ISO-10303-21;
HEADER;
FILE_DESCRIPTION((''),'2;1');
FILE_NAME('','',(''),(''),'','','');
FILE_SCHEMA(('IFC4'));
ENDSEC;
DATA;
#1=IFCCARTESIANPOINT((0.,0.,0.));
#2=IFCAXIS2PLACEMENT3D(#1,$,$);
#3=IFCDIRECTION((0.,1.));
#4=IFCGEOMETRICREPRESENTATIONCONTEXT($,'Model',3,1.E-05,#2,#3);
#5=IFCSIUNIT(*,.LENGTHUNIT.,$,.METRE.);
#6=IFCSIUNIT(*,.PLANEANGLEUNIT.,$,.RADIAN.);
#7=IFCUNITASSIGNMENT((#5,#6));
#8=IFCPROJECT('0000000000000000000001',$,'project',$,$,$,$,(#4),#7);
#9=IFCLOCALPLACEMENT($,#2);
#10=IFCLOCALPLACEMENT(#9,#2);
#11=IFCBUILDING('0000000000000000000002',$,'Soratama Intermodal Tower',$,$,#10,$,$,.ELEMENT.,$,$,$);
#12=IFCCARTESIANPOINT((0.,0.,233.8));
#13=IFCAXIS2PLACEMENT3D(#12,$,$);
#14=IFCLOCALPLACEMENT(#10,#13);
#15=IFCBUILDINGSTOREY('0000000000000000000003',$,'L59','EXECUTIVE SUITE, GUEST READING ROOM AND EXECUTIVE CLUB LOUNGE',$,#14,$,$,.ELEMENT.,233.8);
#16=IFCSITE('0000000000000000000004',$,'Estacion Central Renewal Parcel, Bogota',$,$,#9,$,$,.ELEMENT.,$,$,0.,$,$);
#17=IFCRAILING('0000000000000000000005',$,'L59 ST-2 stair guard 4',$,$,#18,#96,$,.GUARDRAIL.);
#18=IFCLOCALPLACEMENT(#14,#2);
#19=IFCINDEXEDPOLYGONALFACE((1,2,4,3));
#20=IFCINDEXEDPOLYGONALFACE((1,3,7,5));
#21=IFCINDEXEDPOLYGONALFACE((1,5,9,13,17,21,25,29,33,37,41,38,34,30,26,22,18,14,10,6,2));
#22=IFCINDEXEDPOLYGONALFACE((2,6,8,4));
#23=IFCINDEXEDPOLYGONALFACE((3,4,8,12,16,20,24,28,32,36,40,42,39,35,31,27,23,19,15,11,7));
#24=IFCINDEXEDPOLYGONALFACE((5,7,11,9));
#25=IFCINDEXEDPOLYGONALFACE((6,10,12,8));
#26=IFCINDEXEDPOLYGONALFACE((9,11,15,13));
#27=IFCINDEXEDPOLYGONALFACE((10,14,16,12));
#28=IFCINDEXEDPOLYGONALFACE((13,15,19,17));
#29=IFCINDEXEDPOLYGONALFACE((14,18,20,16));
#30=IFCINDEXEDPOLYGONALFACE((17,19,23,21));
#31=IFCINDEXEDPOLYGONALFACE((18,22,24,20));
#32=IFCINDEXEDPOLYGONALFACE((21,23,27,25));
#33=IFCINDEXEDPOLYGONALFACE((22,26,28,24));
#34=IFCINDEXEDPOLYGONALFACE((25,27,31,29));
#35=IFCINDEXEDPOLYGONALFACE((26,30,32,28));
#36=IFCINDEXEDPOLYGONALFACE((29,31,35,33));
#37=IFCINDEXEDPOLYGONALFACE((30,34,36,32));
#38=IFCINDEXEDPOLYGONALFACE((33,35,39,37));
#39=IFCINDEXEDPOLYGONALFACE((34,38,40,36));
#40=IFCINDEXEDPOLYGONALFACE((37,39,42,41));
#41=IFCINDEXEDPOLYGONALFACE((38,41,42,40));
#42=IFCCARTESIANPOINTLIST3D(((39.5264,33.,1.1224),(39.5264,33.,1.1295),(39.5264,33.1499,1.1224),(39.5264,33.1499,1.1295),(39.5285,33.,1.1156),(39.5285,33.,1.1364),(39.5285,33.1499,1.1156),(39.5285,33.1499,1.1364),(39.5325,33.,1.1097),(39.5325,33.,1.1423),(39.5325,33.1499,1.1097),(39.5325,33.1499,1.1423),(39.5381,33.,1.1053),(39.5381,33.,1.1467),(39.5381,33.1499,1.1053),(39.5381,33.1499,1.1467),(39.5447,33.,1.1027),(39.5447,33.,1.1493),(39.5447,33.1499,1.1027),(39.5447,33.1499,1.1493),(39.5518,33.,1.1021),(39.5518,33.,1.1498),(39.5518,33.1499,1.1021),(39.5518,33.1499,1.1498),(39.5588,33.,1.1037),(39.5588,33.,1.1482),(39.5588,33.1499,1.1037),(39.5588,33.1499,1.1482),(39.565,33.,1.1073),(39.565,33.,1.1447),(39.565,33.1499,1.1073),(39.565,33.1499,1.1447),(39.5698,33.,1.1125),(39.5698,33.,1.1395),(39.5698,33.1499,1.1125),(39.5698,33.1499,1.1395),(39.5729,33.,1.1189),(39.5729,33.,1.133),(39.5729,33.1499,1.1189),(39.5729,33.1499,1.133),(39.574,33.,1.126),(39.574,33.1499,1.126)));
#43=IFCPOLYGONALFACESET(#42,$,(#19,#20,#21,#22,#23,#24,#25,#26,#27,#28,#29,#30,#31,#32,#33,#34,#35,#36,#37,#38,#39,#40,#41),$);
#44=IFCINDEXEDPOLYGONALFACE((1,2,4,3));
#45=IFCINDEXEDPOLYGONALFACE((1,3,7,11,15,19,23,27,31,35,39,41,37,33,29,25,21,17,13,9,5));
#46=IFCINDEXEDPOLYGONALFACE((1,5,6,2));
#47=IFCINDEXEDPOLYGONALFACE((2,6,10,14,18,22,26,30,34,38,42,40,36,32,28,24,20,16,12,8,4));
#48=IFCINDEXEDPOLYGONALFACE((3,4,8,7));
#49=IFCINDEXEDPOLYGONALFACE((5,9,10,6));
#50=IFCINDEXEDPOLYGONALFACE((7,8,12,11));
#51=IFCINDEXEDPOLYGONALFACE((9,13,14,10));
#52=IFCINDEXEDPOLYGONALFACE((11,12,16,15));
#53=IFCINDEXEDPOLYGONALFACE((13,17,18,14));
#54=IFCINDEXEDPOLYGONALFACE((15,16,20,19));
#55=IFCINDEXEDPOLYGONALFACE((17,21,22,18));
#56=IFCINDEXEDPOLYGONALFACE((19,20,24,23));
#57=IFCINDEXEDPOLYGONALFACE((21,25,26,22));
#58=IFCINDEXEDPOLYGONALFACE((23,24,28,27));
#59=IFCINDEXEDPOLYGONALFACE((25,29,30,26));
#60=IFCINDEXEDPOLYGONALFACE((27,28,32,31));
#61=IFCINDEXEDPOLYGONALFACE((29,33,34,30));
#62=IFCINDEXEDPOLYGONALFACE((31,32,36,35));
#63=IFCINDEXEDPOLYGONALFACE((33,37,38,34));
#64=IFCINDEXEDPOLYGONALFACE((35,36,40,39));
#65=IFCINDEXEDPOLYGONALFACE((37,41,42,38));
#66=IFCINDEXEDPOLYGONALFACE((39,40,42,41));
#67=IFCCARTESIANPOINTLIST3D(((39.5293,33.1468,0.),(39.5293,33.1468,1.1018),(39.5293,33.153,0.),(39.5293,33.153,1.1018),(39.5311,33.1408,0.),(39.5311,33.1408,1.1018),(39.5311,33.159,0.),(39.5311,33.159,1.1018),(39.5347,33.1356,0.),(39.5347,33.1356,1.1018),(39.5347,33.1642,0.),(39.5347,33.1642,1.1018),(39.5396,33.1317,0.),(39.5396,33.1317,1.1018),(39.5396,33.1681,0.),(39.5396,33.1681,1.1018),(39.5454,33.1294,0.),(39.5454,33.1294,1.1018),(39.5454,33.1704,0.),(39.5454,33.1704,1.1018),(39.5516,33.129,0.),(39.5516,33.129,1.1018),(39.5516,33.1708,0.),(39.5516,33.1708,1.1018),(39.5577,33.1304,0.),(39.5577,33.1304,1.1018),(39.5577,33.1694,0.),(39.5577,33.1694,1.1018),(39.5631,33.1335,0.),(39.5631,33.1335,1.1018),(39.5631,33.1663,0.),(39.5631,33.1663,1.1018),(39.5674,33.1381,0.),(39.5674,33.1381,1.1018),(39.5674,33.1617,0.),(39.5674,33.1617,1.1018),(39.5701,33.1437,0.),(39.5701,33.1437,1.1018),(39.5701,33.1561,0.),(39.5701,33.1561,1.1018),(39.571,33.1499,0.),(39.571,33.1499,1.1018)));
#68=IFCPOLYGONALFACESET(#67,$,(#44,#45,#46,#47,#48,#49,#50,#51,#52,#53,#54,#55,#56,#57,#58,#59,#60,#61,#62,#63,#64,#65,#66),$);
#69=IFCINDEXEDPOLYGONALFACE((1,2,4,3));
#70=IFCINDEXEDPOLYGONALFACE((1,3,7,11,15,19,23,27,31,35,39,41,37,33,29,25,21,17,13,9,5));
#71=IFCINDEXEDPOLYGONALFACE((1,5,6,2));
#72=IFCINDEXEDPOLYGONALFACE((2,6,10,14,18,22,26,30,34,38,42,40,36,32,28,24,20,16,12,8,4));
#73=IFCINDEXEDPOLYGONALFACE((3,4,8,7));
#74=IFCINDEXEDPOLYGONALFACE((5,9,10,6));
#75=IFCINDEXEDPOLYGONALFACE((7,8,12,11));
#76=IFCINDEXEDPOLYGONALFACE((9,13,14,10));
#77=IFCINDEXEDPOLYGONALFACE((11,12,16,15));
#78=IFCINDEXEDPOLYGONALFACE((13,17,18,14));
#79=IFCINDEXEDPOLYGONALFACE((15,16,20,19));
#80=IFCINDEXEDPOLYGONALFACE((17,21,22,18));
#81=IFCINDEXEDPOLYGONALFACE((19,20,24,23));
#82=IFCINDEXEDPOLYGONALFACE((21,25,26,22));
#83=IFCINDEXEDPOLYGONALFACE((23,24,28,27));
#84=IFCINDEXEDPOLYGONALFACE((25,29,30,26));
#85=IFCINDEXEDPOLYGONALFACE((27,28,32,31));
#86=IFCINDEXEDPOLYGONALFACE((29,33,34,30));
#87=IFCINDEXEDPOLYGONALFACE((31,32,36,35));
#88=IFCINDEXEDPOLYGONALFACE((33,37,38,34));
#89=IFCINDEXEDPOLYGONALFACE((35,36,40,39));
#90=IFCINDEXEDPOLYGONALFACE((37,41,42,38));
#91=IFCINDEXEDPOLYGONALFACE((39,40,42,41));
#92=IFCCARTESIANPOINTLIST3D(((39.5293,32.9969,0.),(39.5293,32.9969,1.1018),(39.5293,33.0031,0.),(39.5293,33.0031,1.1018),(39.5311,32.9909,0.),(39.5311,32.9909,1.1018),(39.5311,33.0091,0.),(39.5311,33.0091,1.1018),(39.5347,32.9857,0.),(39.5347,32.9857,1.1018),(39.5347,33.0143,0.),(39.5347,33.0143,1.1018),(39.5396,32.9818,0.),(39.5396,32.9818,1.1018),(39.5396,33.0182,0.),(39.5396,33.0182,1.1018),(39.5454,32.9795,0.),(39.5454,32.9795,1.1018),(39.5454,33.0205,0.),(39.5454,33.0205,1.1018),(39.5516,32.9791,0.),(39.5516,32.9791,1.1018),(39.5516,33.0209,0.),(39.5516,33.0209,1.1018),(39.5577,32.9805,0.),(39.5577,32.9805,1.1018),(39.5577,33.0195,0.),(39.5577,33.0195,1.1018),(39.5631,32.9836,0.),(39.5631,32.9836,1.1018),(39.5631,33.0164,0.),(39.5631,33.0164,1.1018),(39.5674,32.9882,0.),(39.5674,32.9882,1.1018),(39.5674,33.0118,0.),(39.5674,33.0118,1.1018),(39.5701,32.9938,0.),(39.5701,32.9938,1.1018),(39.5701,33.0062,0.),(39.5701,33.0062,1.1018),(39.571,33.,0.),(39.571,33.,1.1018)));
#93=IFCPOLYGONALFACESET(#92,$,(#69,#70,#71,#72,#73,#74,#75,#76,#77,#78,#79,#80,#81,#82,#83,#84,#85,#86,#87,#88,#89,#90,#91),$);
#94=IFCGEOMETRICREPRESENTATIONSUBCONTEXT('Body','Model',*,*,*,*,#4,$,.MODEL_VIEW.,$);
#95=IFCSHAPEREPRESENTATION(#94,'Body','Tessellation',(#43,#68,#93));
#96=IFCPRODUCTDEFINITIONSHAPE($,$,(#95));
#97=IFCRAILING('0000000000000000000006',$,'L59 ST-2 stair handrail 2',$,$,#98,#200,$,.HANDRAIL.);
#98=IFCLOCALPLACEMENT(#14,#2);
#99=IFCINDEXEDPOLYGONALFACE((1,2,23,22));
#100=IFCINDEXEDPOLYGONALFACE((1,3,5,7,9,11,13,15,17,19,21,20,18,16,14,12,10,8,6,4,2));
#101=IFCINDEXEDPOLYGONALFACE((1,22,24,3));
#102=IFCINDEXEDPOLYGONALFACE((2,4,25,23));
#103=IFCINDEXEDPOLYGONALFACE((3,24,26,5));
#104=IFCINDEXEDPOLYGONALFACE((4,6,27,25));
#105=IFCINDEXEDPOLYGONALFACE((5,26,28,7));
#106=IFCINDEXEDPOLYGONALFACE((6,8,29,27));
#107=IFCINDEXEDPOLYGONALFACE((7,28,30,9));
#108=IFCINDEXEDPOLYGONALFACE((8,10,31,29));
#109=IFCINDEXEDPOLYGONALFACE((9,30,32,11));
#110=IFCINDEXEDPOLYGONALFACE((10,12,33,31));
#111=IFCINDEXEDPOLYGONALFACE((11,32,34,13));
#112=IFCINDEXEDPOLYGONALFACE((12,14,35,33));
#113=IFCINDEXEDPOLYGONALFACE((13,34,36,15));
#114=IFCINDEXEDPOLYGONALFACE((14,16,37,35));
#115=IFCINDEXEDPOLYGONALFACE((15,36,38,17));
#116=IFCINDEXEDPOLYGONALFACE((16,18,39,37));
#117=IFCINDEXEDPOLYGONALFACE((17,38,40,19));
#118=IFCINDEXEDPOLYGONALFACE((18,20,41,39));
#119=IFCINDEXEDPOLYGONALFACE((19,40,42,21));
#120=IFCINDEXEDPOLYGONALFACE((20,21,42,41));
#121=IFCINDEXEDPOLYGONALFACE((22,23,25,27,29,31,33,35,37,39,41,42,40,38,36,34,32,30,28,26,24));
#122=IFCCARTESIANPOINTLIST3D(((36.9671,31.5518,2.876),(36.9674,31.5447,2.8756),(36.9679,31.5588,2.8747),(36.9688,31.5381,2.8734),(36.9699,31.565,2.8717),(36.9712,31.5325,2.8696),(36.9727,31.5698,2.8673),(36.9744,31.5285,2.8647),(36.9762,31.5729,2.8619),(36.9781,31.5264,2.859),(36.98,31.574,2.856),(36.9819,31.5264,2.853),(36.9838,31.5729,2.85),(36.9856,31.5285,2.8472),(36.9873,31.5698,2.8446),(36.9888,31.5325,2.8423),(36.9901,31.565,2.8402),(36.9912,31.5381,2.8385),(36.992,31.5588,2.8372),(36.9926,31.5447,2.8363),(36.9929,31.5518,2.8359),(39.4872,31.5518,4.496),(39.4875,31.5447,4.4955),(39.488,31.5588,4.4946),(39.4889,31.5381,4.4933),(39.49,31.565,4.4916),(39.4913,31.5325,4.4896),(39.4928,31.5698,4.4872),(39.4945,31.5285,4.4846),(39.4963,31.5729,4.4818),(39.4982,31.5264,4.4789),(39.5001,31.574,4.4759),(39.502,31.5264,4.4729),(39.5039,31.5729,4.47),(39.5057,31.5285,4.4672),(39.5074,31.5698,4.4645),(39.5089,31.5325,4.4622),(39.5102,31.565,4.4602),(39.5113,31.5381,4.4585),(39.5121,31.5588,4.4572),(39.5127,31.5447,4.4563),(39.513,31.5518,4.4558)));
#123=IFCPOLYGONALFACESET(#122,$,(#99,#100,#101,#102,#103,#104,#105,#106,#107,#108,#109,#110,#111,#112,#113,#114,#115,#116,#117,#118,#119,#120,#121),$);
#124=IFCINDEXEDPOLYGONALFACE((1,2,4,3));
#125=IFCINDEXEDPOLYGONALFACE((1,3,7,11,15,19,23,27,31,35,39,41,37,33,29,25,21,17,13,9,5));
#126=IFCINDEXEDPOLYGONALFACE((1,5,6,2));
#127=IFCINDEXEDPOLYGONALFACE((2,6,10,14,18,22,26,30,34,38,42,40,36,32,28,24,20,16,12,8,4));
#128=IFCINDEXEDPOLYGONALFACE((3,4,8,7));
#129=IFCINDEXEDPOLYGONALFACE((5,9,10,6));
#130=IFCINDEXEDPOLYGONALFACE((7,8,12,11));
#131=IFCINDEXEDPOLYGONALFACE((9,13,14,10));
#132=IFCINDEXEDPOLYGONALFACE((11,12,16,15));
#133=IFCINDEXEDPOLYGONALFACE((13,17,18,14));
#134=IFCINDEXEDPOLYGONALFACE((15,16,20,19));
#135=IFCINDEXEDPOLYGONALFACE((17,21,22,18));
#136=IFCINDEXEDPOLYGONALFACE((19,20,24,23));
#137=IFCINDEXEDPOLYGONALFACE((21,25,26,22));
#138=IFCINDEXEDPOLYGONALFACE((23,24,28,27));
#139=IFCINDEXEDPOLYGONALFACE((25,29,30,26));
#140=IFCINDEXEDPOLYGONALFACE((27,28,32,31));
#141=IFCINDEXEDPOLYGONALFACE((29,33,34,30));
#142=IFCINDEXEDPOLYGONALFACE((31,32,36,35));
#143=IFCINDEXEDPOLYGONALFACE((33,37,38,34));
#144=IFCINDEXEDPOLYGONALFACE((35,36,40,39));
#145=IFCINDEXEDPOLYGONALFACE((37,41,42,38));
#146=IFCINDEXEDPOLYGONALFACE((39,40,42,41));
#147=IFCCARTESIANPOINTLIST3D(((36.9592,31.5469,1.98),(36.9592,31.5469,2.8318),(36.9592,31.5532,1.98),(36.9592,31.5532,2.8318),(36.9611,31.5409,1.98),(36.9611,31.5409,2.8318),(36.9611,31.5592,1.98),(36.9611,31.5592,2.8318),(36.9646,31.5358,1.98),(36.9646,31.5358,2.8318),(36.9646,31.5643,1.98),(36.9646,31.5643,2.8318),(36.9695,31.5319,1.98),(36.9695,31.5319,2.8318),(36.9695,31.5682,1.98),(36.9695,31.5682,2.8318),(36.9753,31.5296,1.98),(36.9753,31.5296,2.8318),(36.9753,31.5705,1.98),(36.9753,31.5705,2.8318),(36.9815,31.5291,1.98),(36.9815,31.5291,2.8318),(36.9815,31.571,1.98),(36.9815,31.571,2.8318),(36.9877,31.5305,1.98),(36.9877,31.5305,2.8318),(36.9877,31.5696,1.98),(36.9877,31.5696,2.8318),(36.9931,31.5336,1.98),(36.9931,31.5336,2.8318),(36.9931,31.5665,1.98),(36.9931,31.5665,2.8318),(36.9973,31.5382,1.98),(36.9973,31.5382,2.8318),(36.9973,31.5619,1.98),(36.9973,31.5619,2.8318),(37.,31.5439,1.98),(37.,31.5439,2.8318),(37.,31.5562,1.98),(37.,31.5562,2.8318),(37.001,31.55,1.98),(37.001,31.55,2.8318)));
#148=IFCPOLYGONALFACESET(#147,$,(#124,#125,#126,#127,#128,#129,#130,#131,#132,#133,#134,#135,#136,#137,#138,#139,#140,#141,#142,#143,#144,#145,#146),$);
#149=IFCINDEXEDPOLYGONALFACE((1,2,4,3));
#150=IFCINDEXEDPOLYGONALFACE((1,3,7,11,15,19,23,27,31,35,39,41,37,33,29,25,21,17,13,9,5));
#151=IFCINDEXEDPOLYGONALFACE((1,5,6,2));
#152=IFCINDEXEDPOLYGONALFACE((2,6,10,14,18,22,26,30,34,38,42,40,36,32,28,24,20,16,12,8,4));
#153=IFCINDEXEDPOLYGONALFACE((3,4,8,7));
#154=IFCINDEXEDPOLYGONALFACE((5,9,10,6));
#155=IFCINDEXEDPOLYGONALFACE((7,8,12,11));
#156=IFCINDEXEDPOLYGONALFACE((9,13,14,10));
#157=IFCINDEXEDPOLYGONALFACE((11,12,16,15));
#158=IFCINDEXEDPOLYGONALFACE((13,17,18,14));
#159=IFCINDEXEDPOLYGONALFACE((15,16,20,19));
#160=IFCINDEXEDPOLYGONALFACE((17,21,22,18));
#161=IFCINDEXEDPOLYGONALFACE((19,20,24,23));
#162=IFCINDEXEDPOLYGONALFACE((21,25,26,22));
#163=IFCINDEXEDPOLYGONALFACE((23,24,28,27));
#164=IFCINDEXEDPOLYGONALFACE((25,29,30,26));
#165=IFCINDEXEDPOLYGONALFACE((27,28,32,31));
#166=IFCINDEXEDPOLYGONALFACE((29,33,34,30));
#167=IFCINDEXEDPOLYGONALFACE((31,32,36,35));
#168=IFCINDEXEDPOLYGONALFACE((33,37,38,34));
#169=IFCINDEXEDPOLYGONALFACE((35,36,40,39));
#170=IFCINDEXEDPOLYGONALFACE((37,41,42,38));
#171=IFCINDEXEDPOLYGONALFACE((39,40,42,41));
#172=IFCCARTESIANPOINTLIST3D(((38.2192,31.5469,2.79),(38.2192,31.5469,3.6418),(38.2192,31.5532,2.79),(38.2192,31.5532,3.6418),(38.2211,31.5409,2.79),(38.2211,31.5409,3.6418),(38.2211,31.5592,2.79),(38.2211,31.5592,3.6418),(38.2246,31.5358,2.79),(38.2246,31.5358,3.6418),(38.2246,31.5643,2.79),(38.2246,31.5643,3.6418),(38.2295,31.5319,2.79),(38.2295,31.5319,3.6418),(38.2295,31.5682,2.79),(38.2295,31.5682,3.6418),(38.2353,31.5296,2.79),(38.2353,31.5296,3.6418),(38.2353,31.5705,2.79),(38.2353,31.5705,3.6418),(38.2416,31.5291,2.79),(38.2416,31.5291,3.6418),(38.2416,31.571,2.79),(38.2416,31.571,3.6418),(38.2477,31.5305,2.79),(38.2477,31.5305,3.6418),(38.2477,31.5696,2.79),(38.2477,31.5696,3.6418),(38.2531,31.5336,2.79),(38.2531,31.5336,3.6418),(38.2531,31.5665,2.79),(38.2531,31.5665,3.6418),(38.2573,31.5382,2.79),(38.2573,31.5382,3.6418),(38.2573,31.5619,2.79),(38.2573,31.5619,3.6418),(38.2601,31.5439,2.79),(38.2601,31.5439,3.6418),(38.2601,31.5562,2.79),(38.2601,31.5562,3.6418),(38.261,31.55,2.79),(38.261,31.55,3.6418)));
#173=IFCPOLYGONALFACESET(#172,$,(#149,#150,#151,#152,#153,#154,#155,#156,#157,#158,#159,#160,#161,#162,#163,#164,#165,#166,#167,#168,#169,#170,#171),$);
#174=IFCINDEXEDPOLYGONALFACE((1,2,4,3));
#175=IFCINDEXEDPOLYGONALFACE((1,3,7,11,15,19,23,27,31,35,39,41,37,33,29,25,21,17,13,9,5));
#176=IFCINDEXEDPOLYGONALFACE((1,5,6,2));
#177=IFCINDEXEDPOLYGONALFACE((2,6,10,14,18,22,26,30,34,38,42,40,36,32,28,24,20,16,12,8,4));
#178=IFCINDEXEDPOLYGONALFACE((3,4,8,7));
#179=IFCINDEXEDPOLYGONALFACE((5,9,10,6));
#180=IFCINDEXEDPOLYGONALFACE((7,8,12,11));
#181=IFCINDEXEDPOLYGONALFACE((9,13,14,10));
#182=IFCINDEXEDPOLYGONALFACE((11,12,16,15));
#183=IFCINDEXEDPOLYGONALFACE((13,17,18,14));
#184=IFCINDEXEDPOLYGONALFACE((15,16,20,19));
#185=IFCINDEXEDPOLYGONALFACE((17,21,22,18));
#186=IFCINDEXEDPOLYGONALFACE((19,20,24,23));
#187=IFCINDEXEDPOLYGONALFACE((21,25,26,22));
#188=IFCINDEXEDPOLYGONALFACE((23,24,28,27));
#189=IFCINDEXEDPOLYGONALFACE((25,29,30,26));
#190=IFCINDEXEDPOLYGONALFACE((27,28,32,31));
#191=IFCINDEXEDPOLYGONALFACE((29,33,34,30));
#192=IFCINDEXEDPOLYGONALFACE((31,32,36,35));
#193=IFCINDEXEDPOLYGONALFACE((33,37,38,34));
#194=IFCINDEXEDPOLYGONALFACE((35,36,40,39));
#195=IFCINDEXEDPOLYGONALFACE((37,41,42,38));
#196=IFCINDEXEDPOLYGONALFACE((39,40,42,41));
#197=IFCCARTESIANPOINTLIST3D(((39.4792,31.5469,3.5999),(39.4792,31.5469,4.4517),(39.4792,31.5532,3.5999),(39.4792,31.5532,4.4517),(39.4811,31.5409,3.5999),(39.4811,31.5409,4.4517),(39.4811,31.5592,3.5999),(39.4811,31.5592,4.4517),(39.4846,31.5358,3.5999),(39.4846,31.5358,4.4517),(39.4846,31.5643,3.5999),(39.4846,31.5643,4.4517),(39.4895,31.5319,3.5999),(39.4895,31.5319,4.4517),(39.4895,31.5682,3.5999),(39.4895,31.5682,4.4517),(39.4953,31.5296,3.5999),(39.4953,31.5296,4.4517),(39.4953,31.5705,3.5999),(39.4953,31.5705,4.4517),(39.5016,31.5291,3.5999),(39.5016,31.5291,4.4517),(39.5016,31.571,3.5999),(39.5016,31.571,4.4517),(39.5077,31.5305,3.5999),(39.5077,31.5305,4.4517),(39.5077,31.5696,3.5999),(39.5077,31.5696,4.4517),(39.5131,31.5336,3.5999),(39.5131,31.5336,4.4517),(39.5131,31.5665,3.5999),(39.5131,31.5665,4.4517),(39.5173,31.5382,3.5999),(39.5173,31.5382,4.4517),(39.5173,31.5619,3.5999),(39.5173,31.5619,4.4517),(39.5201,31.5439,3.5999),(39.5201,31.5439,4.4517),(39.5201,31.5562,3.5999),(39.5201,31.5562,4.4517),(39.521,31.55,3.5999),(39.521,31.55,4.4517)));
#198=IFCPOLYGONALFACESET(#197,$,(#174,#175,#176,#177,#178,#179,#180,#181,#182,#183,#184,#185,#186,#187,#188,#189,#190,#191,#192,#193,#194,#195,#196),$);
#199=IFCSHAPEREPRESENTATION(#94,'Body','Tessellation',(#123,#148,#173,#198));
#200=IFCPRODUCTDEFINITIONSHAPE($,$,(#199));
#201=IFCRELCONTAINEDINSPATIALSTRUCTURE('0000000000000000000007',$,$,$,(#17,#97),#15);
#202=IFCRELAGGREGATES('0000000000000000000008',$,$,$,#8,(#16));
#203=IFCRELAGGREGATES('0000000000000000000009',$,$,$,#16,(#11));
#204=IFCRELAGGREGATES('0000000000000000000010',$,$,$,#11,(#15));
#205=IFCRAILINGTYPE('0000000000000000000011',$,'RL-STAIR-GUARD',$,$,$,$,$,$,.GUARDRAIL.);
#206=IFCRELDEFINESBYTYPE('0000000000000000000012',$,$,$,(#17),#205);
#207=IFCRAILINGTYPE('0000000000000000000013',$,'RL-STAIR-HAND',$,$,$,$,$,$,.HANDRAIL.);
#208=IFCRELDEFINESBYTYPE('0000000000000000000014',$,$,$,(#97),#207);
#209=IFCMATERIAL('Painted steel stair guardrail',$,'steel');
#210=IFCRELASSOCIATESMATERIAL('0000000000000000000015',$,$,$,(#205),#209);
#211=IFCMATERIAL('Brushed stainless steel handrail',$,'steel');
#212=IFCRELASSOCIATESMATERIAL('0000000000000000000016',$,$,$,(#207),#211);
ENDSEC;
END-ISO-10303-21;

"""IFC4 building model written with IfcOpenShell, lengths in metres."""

from ifc_helpers import new_model, si_unit, direction, frame, origin, origin_2d, place, context, subcontext, project, spatial, circle, extrude, material, type_object, element, save


model = new_model("IFC4")

# Units and contexts
model_context = context("Model", 3, precision=1e-05, world=origin(), true_north=direction((0.0, 1.0)))
body_context = subcontext(model_context, "Body", "Model", "MODEL_VIEW")
ifc_project = project(units=[si_unit("LENGTHUNIT", "METRE"), si_unit("PLANEANGLEUNIT", "RADIAN")], contexts=[model_context])

# Site, building, storey
site_placement = place(None, origin())
site = spatial("IfcSite", under=ifc_project, at=site_placement, Name="Estacion Central Renewal Parcel, Bogota", CompositionType="ELEMENT", RefElevation=0.0)
building_placement = place(site_placement, origin())
building = spatial("IfcBuilding", under=site, at=building_placement, Name="Soratama Intermodal Tower", CompositionType="ELEMENT")
storey_placement = place(building_placement, frame((0.0, 0.0, 233.8)))
storey = spatial("IfcBuildingStorey", under=building, at=storey_placement, Name="L59", Description="EXECUTIVE SUITE, GUEST READING ROOM AND EXECUTIVE CLUB LOUNGE", CompositionType="ELEMENT", Elevation=233.8)

# Railings
ifc_material_1 = material(Name="Painted steel stair guardrail", Category="steel")
railing_type_1 = type_object("IfcRailingType", Name="RL-STAIR-GUARD", PredefinedType="GUARDRAIL", material=ifc_material_1)
railing_1_placement = place(storey_placement, frame((39.55, 33.1499, 0.0)))
element("IfcRailing", 1, at=railing_1_placement, inside=storey, type_object=railing_type_1, Name="L59 ST-2 stair guard 4", PredefinedType="GUARDRAIL", context=body_context, shape_type="SweptSolid", body=[
    extrude(circle(Radius=0.0239, at=origin_2d()), frame((0.0, 0.0, 1.126), z_axis=(0.0, -1.0, 0.0), x_axis=(1.0, 0.0, 0.0)), (0.0, 0.0, 1.0), 0.1499),
    extrude(circle(Radius=0.021, at=origin_2d()), origin(), (0.0, 0.0, 1.0), 1.1018),
    extrude(circle(Radius=0.021, at=origin_2d()), frame((0.0, -0.1499, 0.0)), (0.0, 0.0, 1.0), 1.1018),
])
ifc_material_2 = material(Name="Brushed stainless steel handrail", Category="steel")
railing_type_2 = type_object("IfcRailingType", Name="RL-STAIR-HAND", PredefinedType="HANDRAIL", material=ifc_material_2)
railing_2_placement = place(storey_placement, frame((36.98, 31.55, 1.98)))
element("IfcRailing", 2, at=railing_2_placement, inside=storey, type_object=railing_type_2, Name="L59 ST-2 stair handrail 2", PredefinedType="HANDRAIL", context=body_context, shape_type="SweptSolid", body=[
    extrude(circle(Radius=0.0239, at=origin_2d()), frame((0.0, 0.0, 0.876), z_axis=(0.8412, 0.0, 0.540725), x_axis=(0.0, 1.0, 0.0)), (0.0, 0.0, 1.0), 2.9958),
    extrude(circle(Radius=0.021, at=origin_2d()), origin(), (0.0, 0.0, 1.0), 0.8518),
    extrude(circle(Radius=0.021, at=origin_2d()), frame((1.26, 0.0, 0.8101)), (0.0, 0.0, 1.0), 0.8518),
    extrude(circle(Radius=0.021, at=origin_2d()), frame((2.52, 0.0, 1.6199)), (0.0, 0.0, 1.0), 0.8518),
])

save(model, "model.ifc")
